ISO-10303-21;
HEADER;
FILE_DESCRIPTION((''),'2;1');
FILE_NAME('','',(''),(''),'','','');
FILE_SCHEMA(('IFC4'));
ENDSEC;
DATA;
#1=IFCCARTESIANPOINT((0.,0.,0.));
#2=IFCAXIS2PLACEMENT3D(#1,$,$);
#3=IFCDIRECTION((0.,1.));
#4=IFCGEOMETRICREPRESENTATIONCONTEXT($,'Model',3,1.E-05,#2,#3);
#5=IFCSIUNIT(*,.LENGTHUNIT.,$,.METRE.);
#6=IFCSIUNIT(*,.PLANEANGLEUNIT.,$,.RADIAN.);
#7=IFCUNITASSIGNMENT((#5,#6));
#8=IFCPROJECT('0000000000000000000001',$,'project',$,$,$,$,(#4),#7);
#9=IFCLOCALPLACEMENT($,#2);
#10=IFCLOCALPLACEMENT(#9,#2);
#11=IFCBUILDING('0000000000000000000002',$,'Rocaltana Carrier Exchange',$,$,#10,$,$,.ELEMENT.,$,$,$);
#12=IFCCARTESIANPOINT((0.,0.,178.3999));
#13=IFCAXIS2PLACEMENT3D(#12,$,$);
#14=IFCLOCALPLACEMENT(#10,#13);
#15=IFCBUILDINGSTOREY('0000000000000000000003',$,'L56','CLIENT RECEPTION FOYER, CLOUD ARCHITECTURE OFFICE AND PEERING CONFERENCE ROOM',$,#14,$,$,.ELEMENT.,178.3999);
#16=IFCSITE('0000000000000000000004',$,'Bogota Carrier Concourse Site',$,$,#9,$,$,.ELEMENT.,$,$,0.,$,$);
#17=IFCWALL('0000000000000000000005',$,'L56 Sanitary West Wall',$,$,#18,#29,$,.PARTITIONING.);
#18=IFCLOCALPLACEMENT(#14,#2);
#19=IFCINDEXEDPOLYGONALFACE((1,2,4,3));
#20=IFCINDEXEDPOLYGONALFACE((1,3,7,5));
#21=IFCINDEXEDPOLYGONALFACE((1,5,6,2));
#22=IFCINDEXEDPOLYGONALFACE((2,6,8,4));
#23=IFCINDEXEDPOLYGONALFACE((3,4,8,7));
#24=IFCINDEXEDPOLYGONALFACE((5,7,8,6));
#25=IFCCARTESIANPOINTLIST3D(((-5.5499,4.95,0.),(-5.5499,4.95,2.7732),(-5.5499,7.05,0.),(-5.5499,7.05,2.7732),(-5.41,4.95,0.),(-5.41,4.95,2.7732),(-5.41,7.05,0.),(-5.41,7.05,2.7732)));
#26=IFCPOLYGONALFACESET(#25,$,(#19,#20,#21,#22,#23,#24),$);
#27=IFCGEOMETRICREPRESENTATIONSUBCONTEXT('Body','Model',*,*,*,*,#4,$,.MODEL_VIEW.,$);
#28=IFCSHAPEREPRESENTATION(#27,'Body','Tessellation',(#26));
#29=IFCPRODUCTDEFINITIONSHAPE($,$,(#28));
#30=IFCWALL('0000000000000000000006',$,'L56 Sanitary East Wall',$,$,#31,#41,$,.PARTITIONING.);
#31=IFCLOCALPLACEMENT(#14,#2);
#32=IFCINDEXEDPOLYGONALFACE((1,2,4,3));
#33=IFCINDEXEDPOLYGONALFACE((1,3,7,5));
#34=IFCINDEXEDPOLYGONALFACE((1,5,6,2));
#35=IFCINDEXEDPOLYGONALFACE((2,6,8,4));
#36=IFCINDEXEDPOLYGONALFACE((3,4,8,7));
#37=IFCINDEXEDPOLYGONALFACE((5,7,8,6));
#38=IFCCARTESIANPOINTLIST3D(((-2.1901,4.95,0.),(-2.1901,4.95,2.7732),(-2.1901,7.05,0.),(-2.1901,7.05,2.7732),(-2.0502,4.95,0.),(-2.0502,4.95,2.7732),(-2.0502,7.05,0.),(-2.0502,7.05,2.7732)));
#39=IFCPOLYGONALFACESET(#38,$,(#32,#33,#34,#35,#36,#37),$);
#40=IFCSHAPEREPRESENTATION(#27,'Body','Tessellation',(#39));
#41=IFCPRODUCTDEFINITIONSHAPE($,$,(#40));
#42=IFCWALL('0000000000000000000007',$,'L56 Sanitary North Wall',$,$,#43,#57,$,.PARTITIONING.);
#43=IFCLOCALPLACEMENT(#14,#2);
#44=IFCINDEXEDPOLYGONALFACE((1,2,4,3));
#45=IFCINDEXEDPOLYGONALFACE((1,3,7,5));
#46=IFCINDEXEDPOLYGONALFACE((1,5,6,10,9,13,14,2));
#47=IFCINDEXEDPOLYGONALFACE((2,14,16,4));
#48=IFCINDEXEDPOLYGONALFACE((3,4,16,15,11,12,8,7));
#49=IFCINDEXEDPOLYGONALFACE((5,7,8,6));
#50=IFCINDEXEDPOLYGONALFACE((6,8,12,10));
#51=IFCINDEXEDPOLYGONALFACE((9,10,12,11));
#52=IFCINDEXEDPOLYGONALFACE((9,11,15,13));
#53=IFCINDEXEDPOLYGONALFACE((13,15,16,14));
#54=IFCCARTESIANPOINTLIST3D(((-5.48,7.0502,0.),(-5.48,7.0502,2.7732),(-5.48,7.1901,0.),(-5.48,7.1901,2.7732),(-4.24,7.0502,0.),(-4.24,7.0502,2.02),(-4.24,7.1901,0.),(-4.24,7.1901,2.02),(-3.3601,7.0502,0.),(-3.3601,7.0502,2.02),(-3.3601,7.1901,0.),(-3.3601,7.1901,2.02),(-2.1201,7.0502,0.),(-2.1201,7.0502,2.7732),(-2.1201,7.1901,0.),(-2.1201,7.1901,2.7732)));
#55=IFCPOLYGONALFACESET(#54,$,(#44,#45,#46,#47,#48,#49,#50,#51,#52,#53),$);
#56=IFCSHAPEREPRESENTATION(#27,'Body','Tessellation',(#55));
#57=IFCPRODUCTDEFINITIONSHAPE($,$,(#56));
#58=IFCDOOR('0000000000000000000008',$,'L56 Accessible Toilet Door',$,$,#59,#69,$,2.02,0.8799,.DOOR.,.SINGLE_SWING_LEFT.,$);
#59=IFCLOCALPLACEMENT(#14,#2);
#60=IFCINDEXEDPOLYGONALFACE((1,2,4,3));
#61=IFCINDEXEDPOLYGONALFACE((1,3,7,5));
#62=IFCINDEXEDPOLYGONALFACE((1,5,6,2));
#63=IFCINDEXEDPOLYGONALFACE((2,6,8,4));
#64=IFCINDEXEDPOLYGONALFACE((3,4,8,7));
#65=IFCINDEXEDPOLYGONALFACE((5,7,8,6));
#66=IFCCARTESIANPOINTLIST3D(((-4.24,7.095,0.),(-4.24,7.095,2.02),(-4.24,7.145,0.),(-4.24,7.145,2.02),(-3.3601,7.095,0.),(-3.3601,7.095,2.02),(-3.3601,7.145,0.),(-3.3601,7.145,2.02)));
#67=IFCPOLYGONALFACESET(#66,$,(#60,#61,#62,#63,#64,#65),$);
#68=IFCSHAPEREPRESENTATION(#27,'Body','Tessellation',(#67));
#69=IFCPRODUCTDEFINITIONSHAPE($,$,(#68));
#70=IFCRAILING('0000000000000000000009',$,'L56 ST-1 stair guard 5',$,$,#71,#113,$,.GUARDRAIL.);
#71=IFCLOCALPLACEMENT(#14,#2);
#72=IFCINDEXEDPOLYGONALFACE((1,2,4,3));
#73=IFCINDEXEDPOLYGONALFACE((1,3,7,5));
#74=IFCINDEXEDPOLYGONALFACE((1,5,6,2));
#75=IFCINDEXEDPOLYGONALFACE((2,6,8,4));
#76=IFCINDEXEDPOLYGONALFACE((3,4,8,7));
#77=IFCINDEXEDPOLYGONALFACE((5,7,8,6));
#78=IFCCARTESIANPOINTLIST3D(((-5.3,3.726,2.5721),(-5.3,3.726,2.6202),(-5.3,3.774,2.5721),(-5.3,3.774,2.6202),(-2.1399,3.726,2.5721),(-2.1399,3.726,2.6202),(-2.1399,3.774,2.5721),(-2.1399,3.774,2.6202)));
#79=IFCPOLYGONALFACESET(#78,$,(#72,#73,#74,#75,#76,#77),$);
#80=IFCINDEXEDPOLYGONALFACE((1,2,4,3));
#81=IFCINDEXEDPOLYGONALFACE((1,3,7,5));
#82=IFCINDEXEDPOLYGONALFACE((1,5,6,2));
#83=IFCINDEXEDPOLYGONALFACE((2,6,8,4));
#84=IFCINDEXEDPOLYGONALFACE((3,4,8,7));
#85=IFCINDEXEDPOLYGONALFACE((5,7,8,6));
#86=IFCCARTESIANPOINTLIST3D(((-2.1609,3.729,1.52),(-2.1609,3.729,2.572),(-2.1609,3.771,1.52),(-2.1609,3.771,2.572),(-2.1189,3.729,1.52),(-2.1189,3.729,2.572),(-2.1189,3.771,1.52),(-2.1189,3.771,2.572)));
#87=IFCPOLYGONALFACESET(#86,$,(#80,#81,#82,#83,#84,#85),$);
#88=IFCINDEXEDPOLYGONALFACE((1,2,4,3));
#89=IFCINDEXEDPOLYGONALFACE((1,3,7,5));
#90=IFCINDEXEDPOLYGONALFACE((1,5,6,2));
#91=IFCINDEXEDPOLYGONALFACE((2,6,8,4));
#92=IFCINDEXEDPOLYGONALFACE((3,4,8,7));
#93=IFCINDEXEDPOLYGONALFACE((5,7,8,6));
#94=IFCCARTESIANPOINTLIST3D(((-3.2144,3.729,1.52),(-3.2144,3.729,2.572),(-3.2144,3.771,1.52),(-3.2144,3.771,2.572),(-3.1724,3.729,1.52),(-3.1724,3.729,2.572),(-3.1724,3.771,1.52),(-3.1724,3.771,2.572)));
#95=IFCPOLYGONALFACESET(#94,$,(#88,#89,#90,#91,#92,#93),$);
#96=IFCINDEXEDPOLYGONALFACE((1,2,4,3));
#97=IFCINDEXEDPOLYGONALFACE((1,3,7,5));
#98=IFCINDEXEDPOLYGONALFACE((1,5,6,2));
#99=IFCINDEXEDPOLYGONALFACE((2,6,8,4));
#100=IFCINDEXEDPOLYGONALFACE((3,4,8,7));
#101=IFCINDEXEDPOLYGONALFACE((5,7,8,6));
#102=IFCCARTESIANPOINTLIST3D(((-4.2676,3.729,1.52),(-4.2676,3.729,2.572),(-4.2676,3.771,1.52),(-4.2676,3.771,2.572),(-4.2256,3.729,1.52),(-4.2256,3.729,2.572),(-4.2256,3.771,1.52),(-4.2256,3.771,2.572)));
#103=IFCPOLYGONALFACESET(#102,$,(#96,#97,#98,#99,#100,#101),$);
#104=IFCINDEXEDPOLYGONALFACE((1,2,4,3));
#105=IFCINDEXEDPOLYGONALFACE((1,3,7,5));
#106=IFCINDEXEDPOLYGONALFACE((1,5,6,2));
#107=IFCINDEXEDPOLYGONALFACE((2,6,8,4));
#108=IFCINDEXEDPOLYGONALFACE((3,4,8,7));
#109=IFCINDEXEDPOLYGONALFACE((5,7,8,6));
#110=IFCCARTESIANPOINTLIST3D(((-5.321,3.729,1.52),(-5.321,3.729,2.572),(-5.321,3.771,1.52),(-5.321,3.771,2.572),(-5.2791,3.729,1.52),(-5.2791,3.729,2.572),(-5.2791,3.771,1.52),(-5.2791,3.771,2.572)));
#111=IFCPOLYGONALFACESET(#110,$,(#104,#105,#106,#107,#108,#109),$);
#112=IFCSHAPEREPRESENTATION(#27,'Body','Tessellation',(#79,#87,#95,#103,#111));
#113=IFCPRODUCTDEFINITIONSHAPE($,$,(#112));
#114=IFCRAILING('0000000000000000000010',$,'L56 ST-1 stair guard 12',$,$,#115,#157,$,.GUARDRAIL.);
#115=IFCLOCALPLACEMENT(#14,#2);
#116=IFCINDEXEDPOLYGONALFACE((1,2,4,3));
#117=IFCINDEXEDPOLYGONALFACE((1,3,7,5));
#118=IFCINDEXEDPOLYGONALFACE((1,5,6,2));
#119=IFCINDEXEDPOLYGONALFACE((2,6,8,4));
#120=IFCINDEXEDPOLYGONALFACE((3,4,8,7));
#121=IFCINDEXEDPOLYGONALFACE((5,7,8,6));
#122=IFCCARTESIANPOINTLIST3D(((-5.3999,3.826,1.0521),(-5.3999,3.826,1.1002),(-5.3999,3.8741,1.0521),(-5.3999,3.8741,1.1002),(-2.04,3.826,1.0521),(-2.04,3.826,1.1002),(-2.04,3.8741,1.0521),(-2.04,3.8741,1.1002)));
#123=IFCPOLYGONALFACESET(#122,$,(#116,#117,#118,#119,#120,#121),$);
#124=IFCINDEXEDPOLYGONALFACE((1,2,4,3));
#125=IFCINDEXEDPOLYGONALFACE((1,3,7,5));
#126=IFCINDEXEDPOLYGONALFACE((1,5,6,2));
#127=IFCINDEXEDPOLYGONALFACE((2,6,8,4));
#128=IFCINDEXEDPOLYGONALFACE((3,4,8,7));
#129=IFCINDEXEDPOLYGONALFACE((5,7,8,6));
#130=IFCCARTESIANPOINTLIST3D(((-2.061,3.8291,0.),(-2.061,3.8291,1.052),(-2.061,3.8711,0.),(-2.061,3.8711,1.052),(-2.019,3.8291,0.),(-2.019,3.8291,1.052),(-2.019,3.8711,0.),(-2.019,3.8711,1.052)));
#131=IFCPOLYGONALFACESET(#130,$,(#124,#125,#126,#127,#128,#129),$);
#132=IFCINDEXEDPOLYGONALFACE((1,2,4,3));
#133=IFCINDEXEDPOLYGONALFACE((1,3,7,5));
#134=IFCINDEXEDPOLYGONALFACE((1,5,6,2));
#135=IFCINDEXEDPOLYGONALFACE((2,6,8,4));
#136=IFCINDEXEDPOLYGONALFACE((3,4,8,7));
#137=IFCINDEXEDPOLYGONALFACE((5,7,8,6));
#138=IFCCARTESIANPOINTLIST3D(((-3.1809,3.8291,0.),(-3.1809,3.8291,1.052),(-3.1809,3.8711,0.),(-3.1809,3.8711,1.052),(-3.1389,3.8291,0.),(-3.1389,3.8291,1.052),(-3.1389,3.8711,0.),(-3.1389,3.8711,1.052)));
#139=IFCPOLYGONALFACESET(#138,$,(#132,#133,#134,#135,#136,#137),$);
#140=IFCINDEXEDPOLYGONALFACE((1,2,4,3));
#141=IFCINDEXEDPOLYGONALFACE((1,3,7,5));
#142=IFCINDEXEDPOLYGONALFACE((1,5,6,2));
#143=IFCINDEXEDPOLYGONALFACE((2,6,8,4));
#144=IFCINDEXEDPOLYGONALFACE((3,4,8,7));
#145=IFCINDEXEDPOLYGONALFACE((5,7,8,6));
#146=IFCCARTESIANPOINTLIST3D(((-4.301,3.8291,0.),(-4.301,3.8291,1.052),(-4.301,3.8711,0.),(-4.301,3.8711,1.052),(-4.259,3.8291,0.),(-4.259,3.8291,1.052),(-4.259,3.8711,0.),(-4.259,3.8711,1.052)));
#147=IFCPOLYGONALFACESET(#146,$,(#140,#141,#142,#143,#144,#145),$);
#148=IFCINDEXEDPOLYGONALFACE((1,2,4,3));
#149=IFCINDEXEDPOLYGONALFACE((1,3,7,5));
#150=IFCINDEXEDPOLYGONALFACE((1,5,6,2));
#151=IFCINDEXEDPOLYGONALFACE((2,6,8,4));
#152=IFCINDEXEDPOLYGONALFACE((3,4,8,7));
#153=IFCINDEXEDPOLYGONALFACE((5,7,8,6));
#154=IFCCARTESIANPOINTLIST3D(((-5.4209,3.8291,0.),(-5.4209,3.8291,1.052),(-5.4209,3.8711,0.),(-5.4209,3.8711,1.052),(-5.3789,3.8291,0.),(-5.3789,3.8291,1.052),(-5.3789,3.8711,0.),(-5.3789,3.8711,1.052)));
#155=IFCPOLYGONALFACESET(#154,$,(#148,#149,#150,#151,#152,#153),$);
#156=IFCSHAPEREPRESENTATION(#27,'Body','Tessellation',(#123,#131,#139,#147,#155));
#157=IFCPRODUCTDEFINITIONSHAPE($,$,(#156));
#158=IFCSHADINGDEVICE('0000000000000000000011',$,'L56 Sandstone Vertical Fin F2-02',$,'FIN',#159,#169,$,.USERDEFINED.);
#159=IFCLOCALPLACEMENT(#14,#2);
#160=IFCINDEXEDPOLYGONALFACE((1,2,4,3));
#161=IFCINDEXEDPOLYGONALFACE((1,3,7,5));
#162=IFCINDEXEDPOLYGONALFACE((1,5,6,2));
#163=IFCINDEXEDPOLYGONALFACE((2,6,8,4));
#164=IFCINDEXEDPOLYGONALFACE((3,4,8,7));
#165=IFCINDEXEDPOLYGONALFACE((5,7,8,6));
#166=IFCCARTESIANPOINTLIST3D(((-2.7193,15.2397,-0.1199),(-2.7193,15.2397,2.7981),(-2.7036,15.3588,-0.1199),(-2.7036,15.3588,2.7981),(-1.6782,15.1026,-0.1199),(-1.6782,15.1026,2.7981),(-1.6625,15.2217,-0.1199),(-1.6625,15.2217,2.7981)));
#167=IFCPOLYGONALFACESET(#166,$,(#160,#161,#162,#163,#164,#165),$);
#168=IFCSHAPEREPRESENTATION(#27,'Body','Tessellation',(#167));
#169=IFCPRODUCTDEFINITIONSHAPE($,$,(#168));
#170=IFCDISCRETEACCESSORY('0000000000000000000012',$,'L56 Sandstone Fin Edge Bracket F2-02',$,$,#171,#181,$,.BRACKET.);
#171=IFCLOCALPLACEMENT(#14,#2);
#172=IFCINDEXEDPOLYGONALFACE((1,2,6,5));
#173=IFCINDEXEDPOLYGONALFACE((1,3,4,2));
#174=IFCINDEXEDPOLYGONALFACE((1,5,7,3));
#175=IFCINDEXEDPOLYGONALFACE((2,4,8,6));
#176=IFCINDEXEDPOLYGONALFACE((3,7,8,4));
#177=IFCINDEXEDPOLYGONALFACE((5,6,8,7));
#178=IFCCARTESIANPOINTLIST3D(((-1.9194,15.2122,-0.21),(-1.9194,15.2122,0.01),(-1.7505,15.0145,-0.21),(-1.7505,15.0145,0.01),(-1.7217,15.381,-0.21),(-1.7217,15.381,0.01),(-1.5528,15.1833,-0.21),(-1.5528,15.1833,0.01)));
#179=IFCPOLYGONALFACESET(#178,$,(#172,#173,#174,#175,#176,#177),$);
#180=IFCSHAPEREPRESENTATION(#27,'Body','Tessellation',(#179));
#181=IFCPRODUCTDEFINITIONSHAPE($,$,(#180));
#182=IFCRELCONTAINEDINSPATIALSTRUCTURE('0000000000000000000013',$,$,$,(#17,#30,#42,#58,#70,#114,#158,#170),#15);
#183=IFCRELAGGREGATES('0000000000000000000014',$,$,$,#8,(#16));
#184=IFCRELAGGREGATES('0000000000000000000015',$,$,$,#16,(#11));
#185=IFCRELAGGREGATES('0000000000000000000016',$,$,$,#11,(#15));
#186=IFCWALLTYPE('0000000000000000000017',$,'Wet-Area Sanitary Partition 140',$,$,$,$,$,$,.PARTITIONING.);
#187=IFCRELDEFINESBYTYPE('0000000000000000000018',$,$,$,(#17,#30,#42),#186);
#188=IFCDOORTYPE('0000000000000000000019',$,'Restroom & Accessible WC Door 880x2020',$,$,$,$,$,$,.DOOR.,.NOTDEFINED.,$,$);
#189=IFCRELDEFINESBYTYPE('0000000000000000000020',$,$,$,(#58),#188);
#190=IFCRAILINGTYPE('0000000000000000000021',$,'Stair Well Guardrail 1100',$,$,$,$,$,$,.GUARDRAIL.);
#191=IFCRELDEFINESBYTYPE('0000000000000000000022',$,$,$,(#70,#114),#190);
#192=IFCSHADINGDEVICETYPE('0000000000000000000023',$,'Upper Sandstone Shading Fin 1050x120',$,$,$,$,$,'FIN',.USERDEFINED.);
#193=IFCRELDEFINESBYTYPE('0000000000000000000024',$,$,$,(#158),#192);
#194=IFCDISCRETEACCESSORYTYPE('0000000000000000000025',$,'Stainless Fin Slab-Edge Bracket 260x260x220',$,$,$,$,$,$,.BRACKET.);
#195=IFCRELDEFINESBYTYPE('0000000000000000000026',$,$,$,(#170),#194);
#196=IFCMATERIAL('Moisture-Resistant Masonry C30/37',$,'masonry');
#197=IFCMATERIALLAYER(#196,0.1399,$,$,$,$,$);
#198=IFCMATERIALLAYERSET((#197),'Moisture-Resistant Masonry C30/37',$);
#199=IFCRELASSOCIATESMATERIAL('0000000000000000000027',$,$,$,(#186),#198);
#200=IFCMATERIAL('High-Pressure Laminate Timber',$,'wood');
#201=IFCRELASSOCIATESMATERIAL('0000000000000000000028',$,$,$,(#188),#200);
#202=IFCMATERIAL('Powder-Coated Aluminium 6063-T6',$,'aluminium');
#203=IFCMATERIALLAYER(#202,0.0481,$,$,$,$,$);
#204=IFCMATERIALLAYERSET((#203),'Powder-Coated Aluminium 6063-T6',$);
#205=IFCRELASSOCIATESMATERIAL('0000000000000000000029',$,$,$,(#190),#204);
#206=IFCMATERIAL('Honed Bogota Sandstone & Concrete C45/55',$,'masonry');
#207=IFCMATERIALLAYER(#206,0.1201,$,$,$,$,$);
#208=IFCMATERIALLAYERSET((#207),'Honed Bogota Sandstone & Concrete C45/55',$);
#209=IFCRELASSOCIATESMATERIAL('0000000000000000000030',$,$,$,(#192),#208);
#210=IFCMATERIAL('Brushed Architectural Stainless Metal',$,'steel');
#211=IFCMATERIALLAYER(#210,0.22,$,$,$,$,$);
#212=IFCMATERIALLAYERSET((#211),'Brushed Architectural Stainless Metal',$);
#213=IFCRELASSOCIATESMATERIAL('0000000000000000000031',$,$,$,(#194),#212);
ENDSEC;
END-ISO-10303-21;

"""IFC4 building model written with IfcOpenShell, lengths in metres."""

from ifc_helpers import new_model, si_unit, direction, frame, frame_2d, origin, origin_2d, place, context, subcontext, project, spatial, rectangle, extrude, material, layer, layer_set, type_object, element, fill, save


model = new_model("IFC4")

# Units and contexts
model_context = context("Model", 3, precision=1e-05, world=origin(), true_north=direction((0.0, 1.0)))
body_context = subcontext(model_context, "Body", "Model", "MODEL_VIEW")
ifc_project = project(units=[si_unit("LENGTHUNIT", "METRE"), si_unit("PLANEANGLEUNIT", "RADIAN")], contexts=[model_context])

# Site, building, storey
site_placement = place(None, origin())
site = spatial("IfcSite", under=ifc_project, at=site_placement, Name="Bogota Carrier Concourse Site", CompositionType="ELEMENT", RefElevation=0.0)
building_placement = place(site_placement, origin())
building = spatial("IfcBuilding", under=site, at=building_placement, Name="Rocaltana Carrier Exchange", CompositionType="ELEMENT")
storey_placement = place(building_placement, frame((0.0, 0.0, 178.3999)))
storey = spatial("IfcBuildingStorey", under=building, at=storey_placement, Name="L56", Description="CLIENT RECEPTION FOYER, CLOUD ARCHITECTURE OFFICE AND PEERING CONFERENCE ROOM", CompositionType="ELEMENT", Elevation=178.3999)

# Walls
ifc_material_1 = material(Name="Moisture-Resistant Masonry C30/37", Category="masonry")
ifc_layer_1 = layer(ifc_material_1, 0.1399)
ifc_layer_set_1 = layer_set([ifc_layer_1], Name="Moisture-Resistant Masonry C30/37")
wall_type_1 = type_object("IfcWallType", Name="Wet-Area Sanitary Partition 140", PredefinedType="PARTITIONING", material=ifc_layer_set_1)
for number, where, z_axis, x_axis, name in (
    (1, (-5.48, 4.95, 0.0), (0.0, 0.0, 1.0), (0.0, 1.0, 0.0), "L56 Sanitary West Wall"),
    (2, (-2.1201, 4.95, 0.0), (0.0, 0.0, 1.0), (0.0, 1.0, 0.0), "L56 Sanitary East Wall"),
):
    element("IfcWall", number, at=place(storey_placement, frame(where, z_axis=z_axis, x_axis=x_axis)), inside=storey, type_object=wall_type_1, Name=name, PredefinedType="PARTITIONING", context=body_context, shape_type="SweptSolid", body=[
        extrude(rectangle(XDim=2.1001, YDim=0.1399, at=frame_2d((1.05, 0.0))), origin(), (0.0, 0.0, 1.0), 2.7732),
    ])

# Wall, opening, door
wall_1_placement = place(storey_placement, frame((-5.48, 7.1201, 0.0), z_axis=(0.0, 0.0, 1.0), x_axis=(1.0, 0.0, 0.0)))
wall_1 = element("IfcWall", 3, at=wall_1_placement, inside=storey, type_object=wall_type_1, Name="L56 Sanitary North Wall", PredefinedType="PARTITIONING", context=body_context, shape_type="SweptSolid", body=[
    extrude(rectangle(XDim=3.3599, YDim=0.1399, at=frame_2d((1.6799, 0.0))), origin(), (0.0, 0.0, 1.0), 2.7732),
])
opening_1_placement = place(wall_1_placement, frame((1.24, 0.0, 0.0)))
opening_1 = element("IfcOpeningElement", 4, at=opening_1_placement, cuts=wall_1, PredefinedType="OPENING", context=body_context, shape_type="SweptSolid", body=[
    extrude(rectangle(XDim=0.8799, YDim=2.02, at=frame_2d((0.4399, 1.01))), frame((0.0, 0.0798, 0.0), z_axis=(0.0, -1.0, 0.0), x_axis=(1.0, 0.0, 0.0)), (0.0, 0.0, 1.0), 0.1599),
])
ifc_material_2 = material(Name="High-Pressure Laminate Timber", Category="wood")
door_type_1 = type_object("IfcDoorType", Name="Restroom & Accessible WC Door 880x2020", OperationType="NOTDEFINED", PredefinedType="DOOR", material=ifc_material_2)
door_1_placement = place(opening_1_placement, origin())
door_1 = element("IfcDoor", 5, at=door_1_placement, inside=storey, type_object=door_type_1, Name="L56 Accessible Toilet Door", OperationType="SINGLE_SWING_LEFT", OverallHeight=2.02, OverallWidth=0.8799, PredefinedType="DOOR", context=body_context, shape_type="SweptSolid", body=[
    extrude(rectangle(XDim=0.8799, YDim=2.02, at=frame_2d((0.4399, 1.01))), frame((0.0, 0.0249, 0.0), z_axis=(0.0, -1.0, 0.0), x_axis=(1.0, 0.0, 0.0)), (0.0, 0.0, 1.0), 0.05),
])
fill(opening_1, door_1)

# Railings
ifc_material_3 = material(Name="Powder-Coated Aluminium 6063-T6", Category="aluminium")
ifc_layer_2 = layer(ifc_material_3, 0.0481)
ifc_layer_set_2 = layer_set([ifc_layer_2], Name="Powder-Coated Aluminium 6063-T6")
railing_type = type_object("IfcRailingType", Name="Stair Well Guardrail 1100", PredefinedType="GUARDRAIL", material=ifc_layer_set_2)
railing_1_placement = place(storey_placement, frame((-2.1399, 3.75, 1.52)))
element("IfcRailing", 6, at=railing_1_placement, inside=storey, type_object=railing_type, Name="L56 ST-1 stair guard 5", PredefinedType="GUARDRAIL", context=body_context, shape_type="SweptSolid", body=[
    extrude(rectangle(XDim=0.0481, YDim=0.0481, at=origin_2d()), frame((0.0, 0.0, 1.0762), z_axis=(-1.0, 0.0, 0.0), x_axis=(0.0, -1.0, 0.0)), (0.0, 0.0, 1.0), 3.1602),
    extrude(rectangle(XDim=0.042, YDim=0.042, at=origin_2d()), origin(), (0.0, 0.0, 1.0), 1.052),
    extrude(rectangle(XDim=0.042, YDim=0.042, at=origin_2d()), frame((-1.0535, 0.0, 0.0)), (0.0, 0.0, 1.0), 1.052),
    extrude(rectangle(XDim=0.042, YDim=0.042, at=origin_2d()), frame((-2.1067, 0.0, 0.0)), (0.0, 0.0, 1.0), 1.052),
    extrude(rectangle(XDim=0.042, YDim=0.042, at=origin_2d()), frame((-3.1602, 0.0, 0.0)), (0.0, 0.0, 1.0), 1.052),
])
railing_2_placement = place(storey_placement, frame((-2.04, 3.8501, 0.0)))
element("IfcRailing", 7, at=railing_2_placement, inside=storey, type_object=railing_type, Name="L56 ST-1 stair guard 12", PredefinedType="GUARDRAIL", context=body_context, shape_type="SweptSolid", body=[
    extrude(rectangle(XDim=0.0481, YDim=0.0481, at=origin_2d()), frame((0.0, 0.0, 1.0762), z_axis=(-1.0, 0.0, 0.0), x_axis=(0.0, -1.0, 0.0)), (0.0, 0.0, 1.0), 3.3599),
    extrude(rectangle(XDim=0.042, YDim=0.042, at=origin_2d()), origin(), (0.0, 0.0, 1.0), 1.052),
    extrude(rectangle(XDim=0.042, YDim=0.042, at=origin_2d()), frame((-1.1199, 0.0, 0.0)), (0.0, 0.0, 1.0), 1.052),
    extrude(rectangle(XDim=0.042, YDim=0.042, at=origin_2d()), frame((-2.24, 0.0, 0.0)), (0.0, 0.0, 1.0), 1.052),
    extrude(rectangle(XDim=0.042, YDim=0.042, at=origin_2d()), frame((-3.3599, 0.0, 0.0)), (0.0, 0.0, 1.0), 1.052),
])

# Shading device
ifc_material_4 = material(Name="Honed Bogota Sandstone & Concrete C45/55", Category="masonry")
ifc_layer_3 = layer(ifc_material_4, 0.1201)
ifc_layer_set_3 = layer_set([ifc_layer_3], Name="Honed Bogota Sandstone & Concrete C45/55")
shading_device_type = type_object("IfcShadingDeviceType", Name="Upper Sandstone Shading Fin 1050x120", ElementType="FIN", PredefinedType="USERDEFINED", material=ifc_layer_set_3)
shading_device_placement = place(storey_placement, frame((-2.1909, 15.2307, -0.1199), z_axis=(0.0, 0.0, 1.0), x_axis=(-0.991445, 0.130526, 0.0)))
element("IfcShadingDevice", 8, at=shading_device_placement, inside=storey, type_object=shading_device_type, Name="L56 Sandstone Vertical Fin F2-02", ObjectType="FIN", PredefinedType="USERDEFINED", context=body_context, shape_type="SweptSolid", body=[
    extrude(rectangle(XDim=1.05, YDim=0.1201, at=origin_2d()), origin(), (0.0, 0.0, 1.0), 2.918),
])

# Discrete accessory
ifc_material_5 = material(Name="Brushed Architectural Stainless Metal", Category="steel")
ifc_layer_4 = layer(ifc_material_5, 0.22)
ifc_layer_set_4 = layer_set([ifc_layer_4], Name="Brushed Architectural Stainless Metal")
discrete_accessory_type = type_object("IfcDiscreteAccessoryType", Name="Stainless Fin Slab-Edge Bracket 260x260x220", PredefinedType="BRACKET", material=ifc_layer_set_4)
discrete_accessory_placement = place(storey_placement, frame((-1.7361, 15.1978, -0.21), z_axis=(0.0, 0.0, 1.0), x_axis=(-0.760406, -0.649448, 0.0)))
element("IfcDiscreteAccessory", 9, at=discrete_accessory_placement, inside=storey, type_object=discrete_accessory_type, Name="L56 Sandstone Fin Edge Bracket F2-02", PredefinedType="BRACKET", context=body_context, shape_type="SweptSolid", body=[
    extrude(rectangle(XDim=0.26, YDim=0.26, at=origin_2d()), origin(), (0.0, 0.0, 1.0), 0.22),
])

save(model, "model.ifc")
